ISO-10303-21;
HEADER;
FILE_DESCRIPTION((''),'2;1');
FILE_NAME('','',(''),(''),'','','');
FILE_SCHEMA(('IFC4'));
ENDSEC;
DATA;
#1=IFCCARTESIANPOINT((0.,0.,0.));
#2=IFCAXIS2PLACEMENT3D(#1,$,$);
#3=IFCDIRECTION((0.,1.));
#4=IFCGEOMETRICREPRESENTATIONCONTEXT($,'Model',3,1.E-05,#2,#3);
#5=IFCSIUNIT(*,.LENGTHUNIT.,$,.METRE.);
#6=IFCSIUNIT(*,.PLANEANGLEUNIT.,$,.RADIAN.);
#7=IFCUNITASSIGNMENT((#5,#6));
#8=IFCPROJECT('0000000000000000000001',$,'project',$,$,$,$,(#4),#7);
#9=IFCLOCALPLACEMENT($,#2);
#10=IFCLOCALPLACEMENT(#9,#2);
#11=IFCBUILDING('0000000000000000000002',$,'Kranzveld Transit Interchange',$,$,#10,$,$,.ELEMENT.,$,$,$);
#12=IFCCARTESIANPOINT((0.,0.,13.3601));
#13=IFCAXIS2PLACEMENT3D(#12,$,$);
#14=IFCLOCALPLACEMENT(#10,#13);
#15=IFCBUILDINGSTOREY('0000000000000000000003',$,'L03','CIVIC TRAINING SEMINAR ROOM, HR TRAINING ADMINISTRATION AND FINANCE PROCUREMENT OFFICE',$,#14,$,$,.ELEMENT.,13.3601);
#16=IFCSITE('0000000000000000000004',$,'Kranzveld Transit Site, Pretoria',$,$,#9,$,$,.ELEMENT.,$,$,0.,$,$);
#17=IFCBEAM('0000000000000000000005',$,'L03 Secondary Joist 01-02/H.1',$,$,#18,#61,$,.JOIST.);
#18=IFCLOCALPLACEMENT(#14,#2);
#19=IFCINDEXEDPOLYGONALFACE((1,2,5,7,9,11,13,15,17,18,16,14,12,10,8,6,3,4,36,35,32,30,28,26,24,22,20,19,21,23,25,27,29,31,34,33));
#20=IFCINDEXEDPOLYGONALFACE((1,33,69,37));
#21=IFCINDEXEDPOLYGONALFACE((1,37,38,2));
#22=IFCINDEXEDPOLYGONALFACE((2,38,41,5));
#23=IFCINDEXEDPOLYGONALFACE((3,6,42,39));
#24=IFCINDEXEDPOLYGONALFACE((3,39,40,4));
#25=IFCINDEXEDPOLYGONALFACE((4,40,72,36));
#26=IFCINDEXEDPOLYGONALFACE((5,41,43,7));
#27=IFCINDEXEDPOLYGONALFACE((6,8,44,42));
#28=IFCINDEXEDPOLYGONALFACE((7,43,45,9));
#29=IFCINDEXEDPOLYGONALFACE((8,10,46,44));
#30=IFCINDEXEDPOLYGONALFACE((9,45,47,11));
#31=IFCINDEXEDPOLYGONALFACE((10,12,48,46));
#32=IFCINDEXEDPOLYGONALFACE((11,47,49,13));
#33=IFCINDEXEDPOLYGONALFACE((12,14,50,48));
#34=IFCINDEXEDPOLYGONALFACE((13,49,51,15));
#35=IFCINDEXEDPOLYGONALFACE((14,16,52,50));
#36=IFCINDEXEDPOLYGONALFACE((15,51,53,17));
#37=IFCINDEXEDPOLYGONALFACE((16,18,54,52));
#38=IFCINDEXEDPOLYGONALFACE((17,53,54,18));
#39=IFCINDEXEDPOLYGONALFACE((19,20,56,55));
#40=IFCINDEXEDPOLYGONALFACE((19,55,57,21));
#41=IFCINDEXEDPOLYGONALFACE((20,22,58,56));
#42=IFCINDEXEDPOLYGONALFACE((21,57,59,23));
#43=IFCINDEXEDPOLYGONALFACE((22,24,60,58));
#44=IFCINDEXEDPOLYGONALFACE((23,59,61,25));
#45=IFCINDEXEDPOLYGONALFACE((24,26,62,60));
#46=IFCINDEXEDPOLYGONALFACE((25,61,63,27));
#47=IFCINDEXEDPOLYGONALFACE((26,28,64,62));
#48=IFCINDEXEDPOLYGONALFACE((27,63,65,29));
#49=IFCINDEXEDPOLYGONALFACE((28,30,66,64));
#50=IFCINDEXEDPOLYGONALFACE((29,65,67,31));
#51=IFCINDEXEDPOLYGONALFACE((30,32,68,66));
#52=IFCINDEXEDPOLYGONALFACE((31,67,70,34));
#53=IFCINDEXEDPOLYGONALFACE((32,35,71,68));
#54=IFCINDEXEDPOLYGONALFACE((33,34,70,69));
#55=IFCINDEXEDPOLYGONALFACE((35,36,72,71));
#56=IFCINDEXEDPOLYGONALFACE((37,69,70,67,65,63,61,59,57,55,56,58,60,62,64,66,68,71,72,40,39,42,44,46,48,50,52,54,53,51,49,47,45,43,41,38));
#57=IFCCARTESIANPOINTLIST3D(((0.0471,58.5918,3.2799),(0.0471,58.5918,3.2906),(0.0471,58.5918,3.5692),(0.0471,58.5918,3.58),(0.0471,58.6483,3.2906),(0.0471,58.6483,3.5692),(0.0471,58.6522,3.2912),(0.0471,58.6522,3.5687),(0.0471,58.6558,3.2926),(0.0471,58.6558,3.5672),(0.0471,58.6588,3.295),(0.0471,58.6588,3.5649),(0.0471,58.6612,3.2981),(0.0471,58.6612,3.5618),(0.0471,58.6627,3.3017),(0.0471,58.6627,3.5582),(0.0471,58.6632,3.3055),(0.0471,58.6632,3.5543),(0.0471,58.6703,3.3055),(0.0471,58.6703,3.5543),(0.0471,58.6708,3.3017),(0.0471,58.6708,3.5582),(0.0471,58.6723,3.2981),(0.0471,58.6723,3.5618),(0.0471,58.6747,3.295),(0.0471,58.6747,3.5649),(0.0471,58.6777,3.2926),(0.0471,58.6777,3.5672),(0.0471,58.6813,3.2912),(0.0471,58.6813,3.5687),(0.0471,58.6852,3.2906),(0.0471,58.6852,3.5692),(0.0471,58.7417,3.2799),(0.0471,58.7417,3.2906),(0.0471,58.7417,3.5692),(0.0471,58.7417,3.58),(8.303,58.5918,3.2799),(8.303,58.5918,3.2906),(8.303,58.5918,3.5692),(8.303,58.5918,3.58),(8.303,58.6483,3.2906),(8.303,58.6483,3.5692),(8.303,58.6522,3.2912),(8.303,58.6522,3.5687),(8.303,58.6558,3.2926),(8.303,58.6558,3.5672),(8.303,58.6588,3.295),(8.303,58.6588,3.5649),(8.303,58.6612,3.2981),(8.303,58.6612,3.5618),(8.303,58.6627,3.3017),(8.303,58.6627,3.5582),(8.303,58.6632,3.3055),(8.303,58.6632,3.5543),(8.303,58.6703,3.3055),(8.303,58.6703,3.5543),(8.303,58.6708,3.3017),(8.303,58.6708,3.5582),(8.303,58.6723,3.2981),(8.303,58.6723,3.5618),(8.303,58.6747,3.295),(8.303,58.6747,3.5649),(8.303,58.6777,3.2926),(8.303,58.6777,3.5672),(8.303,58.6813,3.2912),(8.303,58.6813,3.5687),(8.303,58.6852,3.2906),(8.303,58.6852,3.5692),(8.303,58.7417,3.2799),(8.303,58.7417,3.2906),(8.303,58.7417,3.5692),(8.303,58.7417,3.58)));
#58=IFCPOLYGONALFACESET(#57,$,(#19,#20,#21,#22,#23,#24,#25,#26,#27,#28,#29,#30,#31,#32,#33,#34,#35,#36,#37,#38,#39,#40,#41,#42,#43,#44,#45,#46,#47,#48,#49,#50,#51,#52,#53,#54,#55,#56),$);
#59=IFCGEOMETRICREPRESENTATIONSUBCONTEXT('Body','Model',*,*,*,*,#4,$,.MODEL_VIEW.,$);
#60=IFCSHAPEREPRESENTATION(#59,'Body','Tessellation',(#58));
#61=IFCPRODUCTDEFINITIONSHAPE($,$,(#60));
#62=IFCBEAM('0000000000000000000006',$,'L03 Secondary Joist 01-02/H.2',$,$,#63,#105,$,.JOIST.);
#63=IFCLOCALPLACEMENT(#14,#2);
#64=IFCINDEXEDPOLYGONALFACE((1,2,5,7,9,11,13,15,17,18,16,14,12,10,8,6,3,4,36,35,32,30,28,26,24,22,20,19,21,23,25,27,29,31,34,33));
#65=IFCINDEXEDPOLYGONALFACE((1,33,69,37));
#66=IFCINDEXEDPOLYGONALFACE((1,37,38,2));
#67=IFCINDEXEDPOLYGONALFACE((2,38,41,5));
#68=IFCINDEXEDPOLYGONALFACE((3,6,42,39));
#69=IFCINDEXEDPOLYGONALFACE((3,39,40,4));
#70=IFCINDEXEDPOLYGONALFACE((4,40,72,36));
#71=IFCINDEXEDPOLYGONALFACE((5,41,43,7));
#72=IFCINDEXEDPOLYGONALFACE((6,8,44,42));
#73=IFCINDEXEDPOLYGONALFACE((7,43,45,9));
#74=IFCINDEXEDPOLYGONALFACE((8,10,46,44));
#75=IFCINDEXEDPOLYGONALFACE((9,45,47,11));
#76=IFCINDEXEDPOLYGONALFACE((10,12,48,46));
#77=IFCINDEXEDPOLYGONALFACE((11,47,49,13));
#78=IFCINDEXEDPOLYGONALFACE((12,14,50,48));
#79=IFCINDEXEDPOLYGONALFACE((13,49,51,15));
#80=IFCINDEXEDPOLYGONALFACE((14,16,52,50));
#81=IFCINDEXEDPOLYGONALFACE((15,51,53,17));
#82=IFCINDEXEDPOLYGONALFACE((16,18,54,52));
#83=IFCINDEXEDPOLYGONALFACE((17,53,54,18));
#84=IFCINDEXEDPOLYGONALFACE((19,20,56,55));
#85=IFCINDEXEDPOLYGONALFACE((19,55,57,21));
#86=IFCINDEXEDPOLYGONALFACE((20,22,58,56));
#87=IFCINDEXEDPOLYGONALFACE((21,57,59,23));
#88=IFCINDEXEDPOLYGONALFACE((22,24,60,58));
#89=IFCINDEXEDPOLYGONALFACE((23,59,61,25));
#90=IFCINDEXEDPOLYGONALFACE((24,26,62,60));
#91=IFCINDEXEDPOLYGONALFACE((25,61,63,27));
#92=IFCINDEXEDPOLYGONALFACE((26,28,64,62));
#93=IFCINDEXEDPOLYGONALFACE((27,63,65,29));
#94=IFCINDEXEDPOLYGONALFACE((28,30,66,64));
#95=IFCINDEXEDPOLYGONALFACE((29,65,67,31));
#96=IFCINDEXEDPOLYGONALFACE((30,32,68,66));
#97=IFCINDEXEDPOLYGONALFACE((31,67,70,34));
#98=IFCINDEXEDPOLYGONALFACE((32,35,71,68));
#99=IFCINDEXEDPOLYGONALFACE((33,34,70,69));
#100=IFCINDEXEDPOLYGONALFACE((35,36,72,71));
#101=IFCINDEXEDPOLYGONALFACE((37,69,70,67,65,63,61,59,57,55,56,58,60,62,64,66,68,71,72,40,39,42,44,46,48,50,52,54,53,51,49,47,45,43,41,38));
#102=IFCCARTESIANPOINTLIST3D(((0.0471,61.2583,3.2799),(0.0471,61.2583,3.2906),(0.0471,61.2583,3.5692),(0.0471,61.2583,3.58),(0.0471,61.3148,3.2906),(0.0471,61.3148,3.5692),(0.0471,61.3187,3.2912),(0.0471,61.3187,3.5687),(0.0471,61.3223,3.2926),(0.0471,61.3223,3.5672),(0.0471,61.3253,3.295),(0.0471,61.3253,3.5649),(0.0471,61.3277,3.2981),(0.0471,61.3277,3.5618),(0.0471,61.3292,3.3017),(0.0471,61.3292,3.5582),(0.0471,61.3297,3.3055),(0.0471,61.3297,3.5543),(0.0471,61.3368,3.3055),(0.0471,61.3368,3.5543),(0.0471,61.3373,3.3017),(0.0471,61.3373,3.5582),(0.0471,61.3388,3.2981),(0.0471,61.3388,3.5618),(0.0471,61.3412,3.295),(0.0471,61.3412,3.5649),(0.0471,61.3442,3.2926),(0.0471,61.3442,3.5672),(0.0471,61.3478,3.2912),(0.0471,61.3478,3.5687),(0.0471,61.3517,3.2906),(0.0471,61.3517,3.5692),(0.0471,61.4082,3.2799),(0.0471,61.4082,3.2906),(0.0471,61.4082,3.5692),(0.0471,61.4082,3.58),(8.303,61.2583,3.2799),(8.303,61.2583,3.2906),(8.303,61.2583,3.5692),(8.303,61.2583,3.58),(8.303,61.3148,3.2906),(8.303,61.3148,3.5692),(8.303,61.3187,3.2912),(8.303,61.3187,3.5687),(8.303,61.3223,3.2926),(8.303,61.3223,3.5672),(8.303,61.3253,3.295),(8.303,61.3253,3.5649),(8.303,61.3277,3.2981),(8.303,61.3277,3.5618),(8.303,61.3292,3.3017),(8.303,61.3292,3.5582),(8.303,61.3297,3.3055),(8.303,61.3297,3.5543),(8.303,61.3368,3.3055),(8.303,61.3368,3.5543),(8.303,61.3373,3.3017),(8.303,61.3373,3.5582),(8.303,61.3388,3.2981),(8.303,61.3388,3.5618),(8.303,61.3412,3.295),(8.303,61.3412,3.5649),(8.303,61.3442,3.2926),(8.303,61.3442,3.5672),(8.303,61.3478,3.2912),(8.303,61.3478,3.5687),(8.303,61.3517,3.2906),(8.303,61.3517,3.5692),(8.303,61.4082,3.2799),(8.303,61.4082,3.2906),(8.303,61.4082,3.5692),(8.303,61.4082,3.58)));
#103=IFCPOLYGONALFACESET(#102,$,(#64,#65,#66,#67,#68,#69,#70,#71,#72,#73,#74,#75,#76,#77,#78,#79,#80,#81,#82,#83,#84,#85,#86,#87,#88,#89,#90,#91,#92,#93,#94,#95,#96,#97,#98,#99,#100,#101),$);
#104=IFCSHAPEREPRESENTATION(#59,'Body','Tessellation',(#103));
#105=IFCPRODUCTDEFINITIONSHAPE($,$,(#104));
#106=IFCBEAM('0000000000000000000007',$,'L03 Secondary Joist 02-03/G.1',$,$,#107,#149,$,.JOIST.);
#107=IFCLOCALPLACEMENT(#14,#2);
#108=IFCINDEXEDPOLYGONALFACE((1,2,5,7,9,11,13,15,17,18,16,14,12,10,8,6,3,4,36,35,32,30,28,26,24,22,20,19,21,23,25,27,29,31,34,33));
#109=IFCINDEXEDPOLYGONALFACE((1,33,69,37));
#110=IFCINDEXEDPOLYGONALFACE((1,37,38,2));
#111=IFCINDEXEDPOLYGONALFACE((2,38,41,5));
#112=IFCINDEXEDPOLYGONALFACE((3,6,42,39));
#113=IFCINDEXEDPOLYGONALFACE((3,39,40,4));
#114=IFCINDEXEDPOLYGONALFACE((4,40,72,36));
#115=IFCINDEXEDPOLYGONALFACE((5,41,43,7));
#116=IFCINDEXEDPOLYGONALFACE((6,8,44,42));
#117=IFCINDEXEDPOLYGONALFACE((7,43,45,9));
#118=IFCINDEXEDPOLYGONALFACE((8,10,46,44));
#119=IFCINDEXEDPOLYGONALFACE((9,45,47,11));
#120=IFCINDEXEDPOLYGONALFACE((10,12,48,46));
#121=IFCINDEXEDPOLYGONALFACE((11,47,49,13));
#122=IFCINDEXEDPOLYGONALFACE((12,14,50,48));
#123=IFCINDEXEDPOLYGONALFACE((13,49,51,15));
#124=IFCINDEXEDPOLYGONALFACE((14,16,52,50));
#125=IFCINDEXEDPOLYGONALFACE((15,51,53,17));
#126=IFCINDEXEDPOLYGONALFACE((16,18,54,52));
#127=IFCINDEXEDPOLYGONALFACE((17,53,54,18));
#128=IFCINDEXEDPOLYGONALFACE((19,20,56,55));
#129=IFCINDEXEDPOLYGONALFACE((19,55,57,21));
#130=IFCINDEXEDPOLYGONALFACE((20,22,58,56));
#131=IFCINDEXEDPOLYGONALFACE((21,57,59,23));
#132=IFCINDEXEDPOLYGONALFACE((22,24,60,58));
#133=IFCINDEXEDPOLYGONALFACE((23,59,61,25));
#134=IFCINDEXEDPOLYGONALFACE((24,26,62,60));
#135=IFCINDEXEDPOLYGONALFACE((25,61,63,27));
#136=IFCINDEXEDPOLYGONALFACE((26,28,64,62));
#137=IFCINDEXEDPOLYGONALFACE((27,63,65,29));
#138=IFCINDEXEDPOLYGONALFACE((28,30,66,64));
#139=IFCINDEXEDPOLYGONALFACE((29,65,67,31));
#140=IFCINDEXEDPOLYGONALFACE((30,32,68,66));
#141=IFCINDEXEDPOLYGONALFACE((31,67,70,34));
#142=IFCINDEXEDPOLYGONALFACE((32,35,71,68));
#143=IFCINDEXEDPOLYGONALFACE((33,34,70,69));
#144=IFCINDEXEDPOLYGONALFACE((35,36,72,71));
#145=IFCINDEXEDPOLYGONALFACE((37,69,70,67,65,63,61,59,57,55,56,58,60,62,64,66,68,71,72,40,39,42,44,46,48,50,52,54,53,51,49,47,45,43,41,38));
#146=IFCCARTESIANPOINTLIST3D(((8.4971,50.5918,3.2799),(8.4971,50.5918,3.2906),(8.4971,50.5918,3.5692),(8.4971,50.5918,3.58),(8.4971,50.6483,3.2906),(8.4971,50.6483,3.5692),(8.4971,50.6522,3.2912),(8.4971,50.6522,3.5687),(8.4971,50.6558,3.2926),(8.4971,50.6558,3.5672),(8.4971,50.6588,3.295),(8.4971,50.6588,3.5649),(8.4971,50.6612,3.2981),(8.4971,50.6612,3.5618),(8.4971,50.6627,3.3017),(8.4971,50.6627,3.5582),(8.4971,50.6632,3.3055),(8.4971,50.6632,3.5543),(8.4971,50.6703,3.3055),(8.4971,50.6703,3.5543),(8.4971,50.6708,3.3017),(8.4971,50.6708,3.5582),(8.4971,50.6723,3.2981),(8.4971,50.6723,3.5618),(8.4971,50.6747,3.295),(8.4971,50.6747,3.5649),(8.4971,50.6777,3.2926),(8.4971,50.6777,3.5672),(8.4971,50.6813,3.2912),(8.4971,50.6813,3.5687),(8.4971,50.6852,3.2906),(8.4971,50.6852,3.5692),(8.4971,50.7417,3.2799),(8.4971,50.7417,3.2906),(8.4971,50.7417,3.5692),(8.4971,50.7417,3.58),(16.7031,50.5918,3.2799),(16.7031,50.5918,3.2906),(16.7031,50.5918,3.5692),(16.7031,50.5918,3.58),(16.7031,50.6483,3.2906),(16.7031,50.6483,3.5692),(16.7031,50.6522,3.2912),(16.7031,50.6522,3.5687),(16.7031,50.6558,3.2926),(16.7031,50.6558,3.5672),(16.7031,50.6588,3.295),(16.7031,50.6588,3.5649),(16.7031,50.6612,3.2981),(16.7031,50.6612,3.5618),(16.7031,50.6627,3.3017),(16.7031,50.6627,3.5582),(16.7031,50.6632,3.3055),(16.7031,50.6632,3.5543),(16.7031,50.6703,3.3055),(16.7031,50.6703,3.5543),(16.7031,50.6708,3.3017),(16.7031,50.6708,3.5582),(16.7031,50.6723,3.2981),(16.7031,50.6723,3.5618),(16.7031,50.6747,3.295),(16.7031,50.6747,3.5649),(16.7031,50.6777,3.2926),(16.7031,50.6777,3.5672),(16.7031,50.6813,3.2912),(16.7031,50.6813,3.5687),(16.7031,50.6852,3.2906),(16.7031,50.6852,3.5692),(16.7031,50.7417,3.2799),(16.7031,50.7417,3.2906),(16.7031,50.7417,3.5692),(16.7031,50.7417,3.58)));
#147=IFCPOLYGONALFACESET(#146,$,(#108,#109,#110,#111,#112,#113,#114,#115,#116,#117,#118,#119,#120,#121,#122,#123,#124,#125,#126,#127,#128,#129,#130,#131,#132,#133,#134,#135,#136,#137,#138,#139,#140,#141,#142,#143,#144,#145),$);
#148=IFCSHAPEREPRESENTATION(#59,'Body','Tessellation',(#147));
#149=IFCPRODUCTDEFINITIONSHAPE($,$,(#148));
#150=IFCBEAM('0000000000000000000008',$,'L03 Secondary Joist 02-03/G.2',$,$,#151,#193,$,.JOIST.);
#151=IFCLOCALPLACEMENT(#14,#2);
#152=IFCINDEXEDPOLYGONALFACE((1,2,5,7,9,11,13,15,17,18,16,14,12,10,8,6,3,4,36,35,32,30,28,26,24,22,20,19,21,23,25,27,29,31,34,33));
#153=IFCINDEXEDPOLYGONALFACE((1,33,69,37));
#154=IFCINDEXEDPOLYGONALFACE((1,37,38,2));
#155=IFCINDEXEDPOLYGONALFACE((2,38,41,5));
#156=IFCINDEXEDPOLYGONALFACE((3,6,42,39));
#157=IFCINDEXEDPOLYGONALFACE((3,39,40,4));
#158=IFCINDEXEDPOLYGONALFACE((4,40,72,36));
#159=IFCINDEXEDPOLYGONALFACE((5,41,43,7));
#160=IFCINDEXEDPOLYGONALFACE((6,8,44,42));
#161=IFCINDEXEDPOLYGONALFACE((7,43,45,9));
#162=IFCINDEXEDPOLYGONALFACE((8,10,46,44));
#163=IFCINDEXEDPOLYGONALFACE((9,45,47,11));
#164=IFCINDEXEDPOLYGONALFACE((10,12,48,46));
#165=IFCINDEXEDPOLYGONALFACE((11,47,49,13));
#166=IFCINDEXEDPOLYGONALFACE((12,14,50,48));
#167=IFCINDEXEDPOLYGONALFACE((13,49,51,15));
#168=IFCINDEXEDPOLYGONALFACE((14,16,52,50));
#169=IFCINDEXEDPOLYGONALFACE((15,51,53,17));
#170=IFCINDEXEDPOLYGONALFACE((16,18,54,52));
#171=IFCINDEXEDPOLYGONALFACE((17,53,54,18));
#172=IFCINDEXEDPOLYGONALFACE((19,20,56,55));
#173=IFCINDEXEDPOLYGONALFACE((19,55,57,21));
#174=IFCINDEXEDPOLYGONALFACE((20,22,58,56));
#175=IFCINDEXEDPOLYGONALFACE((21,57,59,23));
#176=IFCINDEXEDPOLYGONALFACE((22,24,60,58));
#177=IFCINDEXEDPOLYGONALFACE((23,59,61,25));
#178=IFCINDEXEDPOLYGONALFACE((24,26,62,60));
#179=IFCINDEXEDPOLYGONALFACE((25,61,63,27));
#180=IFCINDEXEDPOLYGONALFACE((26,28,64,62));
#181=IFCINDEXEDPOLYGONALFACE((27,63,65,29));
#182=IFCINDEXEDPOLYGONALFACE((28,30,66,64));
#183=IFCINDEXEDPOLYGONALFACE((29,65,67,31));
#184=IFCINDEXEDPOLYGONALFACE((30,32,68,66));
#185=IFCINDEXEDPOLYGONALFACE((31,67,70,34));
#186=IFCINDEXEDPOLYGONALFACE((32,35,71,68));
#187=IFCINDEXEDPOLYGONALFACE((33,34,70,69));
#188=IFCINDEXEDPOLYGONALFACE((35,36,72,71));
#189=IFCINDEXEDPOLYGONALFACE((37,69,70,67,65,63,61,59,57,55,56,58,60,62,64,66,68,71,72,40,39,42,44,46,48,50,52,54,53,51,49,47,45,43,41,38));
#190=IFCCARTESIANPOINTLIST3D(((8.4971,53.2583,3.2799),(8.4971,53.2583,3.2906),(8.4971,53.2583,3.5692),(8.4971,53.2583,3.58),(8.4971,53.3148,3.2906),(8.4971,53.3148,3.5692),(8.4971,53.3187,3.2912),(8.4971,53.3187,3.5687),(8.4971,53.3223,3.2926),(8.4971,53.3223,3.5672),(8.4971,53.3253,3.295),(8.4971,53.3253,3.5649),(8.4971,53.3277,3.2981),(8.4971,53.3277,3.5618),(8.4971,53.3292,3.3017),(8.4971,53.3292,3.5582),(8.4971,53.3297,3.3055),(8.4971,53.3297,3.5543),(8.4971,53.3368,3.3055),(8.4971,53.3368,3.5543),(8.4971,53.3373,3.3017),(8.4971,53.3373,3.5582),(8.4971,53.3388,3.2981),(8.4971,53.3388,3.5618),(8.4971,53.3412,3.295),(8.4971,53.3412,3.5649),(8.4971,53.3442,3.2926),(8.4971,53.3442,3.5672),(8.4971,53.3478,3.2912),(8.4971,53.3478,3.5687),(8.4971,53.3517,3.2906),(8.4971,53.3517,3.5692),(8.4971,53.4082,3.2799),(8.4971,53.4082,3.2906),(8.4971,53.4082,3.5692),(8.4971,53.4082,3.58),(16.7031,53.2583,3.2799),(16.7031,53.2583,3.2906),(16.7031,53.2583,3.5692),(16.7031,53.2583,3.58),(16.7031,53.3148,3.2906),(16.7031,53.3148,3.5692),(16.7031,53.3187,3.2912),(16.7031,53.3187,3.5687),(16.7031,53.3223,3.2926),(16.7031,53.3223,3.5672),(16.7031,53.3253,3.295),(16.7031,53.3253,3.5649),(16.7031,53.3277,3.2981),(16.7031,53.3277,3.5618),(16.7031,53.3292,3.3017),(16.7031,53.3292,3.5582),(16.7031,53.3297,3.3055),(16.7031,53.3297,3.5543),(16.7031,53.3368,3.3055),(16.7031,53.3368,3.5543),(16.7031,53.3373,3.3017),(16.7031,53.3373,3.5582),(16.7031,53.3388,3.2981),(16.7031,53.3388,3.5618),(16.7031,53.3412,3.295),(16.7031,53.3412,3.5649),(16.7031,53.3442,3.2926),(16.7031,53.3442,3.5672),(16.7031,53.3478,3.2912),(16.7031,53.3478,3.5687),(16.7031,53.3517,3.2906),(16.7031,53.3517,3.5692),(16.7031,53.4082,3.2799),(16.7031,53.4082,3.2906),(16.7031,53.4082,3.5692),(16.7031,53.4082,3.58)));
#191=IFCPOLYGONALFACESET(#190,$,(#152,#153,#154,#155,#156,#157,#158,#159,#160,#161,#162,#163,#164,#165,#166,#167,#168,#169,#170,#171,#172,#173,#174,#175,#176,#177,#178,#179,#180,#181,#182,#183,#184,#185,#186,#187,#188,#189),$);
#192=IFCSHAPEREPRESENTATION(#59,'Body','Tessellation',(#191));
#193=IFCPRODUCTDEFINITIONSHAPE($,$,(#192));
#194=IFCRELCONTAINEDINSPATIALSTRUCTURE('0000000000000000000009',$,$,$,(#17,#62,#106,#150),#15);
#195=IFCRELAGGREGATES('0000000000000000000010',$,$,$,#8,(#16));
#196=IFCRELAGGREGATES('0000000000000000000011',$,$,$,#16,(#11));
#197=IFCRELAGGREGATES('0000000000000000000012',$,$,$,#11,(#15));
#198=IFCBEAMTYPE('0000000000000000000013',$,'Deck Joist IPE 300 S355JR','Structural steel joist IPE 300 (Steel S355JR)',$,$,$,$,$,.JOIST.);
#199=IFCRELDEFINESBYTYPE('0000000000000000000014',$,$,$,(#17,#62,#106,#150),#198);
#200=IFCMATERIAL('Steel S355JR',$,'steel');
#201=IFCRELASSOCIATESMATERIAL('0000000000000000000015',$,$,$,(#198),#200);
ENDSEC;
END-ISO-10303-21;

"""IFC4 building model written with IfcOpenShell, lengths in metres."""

from ifc_helpers import new_model, si_unit, direction, frame, origin, origin_2d, place, context, subcontext, project, spatial, i_section, extrude, material, material_profile, profile_set, type_object, element, save


model = new_model("IFC4")

# Units and contexts
model_context = context("Model", 3, precision=1e-05, world=origin(), true_north=direction((0.0, 1.0)))
body_context = subcontext(model_context, "Body", "Model", "MODEL_VIEW")
ifc_project = project(units=[si_unit("LENGTHUNIT", "METRE"), si_unit("PLANEANGLEUNIT", "RADIAN")], contexts=[model_context])

# Site, building, storey
site_placement = place(None, origin())
site = spatial("IfcSite", under=ifc_project, at=site_placement, Name="Kranzveld Transit Site, Pretoria", CompositionType="ELEMENT", RefElevation=0.0)
building_placement = place(site_placement, origin())
building = spatial("IfcBuilding", under=site, at=building_placement, Name="Kranzveld Transit Interchange", CompositionType="ELEMENT")
storey_placement = place(building_placement, frame((0.0, 0.0, 13.3601)))
storey = spatial("IfcBuildingStorey", under=building, at=storey_placement, Name="L03", Description="CIVIC TRAINING SEMINAR ROOM, HR TRAINING ADMINISTRATION AND FINANCE PROCUREMENT OFFICE", CompositionType="ELEMENT", Elevation=13.3601)

# Beams
ifc_material_1 = material(Name="Steel S355JR", Category="steel")
ifc_material_profile_1 = material_profile(ifc_material_1, i_section(OverallWidth=0.1499, OverallDepth=0.3, WebThickness=0.0071, FlangeThickness=0.0107, FilletRadius=0.0149, at=origin_2d()), Name="IPE 300")
ifc_profile_set_1 = profile_set([ifc_material_profile_1], Name="Steel S355JR")
beam_type_1 = type_object("IfcBeamType", Name="Deck Joist IPE 300 S355JR", Description="Structural steel joist IPE 300 (Steel S355JR)", PredefinedType="JOIST", material=ifc_profile_set_1)
for number, where, z_axis, x_axis, name in (
    (1, (0.0471, 58.6667, 3.4299), (1.0, 0.0, 0.0), (0.0, 1.0, 0.0), "L03 Secondary Joist 01-02/H.1"),
    (2, (0.0471, 61.3333, 3.4299), (1.0, 0.0, 0.0), (0.0, 1.0, 0.0), "L03 Secondary Joist 01-02/H.2"),
):
    element("IfcBeam", number, at=place(storey_placement, frame(where, z_axis=z_axis, x_axis=x_axis)), inside=storey, type_object=beam_type_1, Name=name, PredefinedType="JOIST", context=body_context, shape_type="SweptSolid", body=[
        extrude(i_section(OverallWidth=0.1499, OverallDepth=0.3, WebThickness=0.0071, FlangeThickness=0.0107, FilletRadius=0.0149, at=origin_2d()), origin(), (0.0, 0.0, 1.0), 8.2559),
    ])
for number, where, z_axis, x_axis, name in (
    (3, (8.4971, 50.6667, 3.4299), (1.0, 0.0, 0.0), (0.0, 1.0, 0.0), "L03 Secondary Joist 02-03/G.1"),
    (4, (8.4971, 53.3333, 3.4299), (1.0, 0.0, 0.0), (0.0, 1.0, 0.0), "L03 Secondary Joist 02-03/G.2"),
):
    element("IfcBeam", number, at=place(storey_placement, frame(where, z_axis=z_axis, x_axis=x_axis)), inside=storey, type_object=beam_type_1, Name=name, PredefinedType="JOIST", context=body_context, shape_type="SweptSolid", body=[
        extrude(i_section(OverallWidth=0.1499, OverallDepth=0.3, WebThickness=0.0071, FlangeThickness=0.0107, FilletRadius=0.0149, at=origin_2d()), origin(), (0.0, 0.0, 1.0), 8.2061),
    ])

save(model, "model.ifc")
